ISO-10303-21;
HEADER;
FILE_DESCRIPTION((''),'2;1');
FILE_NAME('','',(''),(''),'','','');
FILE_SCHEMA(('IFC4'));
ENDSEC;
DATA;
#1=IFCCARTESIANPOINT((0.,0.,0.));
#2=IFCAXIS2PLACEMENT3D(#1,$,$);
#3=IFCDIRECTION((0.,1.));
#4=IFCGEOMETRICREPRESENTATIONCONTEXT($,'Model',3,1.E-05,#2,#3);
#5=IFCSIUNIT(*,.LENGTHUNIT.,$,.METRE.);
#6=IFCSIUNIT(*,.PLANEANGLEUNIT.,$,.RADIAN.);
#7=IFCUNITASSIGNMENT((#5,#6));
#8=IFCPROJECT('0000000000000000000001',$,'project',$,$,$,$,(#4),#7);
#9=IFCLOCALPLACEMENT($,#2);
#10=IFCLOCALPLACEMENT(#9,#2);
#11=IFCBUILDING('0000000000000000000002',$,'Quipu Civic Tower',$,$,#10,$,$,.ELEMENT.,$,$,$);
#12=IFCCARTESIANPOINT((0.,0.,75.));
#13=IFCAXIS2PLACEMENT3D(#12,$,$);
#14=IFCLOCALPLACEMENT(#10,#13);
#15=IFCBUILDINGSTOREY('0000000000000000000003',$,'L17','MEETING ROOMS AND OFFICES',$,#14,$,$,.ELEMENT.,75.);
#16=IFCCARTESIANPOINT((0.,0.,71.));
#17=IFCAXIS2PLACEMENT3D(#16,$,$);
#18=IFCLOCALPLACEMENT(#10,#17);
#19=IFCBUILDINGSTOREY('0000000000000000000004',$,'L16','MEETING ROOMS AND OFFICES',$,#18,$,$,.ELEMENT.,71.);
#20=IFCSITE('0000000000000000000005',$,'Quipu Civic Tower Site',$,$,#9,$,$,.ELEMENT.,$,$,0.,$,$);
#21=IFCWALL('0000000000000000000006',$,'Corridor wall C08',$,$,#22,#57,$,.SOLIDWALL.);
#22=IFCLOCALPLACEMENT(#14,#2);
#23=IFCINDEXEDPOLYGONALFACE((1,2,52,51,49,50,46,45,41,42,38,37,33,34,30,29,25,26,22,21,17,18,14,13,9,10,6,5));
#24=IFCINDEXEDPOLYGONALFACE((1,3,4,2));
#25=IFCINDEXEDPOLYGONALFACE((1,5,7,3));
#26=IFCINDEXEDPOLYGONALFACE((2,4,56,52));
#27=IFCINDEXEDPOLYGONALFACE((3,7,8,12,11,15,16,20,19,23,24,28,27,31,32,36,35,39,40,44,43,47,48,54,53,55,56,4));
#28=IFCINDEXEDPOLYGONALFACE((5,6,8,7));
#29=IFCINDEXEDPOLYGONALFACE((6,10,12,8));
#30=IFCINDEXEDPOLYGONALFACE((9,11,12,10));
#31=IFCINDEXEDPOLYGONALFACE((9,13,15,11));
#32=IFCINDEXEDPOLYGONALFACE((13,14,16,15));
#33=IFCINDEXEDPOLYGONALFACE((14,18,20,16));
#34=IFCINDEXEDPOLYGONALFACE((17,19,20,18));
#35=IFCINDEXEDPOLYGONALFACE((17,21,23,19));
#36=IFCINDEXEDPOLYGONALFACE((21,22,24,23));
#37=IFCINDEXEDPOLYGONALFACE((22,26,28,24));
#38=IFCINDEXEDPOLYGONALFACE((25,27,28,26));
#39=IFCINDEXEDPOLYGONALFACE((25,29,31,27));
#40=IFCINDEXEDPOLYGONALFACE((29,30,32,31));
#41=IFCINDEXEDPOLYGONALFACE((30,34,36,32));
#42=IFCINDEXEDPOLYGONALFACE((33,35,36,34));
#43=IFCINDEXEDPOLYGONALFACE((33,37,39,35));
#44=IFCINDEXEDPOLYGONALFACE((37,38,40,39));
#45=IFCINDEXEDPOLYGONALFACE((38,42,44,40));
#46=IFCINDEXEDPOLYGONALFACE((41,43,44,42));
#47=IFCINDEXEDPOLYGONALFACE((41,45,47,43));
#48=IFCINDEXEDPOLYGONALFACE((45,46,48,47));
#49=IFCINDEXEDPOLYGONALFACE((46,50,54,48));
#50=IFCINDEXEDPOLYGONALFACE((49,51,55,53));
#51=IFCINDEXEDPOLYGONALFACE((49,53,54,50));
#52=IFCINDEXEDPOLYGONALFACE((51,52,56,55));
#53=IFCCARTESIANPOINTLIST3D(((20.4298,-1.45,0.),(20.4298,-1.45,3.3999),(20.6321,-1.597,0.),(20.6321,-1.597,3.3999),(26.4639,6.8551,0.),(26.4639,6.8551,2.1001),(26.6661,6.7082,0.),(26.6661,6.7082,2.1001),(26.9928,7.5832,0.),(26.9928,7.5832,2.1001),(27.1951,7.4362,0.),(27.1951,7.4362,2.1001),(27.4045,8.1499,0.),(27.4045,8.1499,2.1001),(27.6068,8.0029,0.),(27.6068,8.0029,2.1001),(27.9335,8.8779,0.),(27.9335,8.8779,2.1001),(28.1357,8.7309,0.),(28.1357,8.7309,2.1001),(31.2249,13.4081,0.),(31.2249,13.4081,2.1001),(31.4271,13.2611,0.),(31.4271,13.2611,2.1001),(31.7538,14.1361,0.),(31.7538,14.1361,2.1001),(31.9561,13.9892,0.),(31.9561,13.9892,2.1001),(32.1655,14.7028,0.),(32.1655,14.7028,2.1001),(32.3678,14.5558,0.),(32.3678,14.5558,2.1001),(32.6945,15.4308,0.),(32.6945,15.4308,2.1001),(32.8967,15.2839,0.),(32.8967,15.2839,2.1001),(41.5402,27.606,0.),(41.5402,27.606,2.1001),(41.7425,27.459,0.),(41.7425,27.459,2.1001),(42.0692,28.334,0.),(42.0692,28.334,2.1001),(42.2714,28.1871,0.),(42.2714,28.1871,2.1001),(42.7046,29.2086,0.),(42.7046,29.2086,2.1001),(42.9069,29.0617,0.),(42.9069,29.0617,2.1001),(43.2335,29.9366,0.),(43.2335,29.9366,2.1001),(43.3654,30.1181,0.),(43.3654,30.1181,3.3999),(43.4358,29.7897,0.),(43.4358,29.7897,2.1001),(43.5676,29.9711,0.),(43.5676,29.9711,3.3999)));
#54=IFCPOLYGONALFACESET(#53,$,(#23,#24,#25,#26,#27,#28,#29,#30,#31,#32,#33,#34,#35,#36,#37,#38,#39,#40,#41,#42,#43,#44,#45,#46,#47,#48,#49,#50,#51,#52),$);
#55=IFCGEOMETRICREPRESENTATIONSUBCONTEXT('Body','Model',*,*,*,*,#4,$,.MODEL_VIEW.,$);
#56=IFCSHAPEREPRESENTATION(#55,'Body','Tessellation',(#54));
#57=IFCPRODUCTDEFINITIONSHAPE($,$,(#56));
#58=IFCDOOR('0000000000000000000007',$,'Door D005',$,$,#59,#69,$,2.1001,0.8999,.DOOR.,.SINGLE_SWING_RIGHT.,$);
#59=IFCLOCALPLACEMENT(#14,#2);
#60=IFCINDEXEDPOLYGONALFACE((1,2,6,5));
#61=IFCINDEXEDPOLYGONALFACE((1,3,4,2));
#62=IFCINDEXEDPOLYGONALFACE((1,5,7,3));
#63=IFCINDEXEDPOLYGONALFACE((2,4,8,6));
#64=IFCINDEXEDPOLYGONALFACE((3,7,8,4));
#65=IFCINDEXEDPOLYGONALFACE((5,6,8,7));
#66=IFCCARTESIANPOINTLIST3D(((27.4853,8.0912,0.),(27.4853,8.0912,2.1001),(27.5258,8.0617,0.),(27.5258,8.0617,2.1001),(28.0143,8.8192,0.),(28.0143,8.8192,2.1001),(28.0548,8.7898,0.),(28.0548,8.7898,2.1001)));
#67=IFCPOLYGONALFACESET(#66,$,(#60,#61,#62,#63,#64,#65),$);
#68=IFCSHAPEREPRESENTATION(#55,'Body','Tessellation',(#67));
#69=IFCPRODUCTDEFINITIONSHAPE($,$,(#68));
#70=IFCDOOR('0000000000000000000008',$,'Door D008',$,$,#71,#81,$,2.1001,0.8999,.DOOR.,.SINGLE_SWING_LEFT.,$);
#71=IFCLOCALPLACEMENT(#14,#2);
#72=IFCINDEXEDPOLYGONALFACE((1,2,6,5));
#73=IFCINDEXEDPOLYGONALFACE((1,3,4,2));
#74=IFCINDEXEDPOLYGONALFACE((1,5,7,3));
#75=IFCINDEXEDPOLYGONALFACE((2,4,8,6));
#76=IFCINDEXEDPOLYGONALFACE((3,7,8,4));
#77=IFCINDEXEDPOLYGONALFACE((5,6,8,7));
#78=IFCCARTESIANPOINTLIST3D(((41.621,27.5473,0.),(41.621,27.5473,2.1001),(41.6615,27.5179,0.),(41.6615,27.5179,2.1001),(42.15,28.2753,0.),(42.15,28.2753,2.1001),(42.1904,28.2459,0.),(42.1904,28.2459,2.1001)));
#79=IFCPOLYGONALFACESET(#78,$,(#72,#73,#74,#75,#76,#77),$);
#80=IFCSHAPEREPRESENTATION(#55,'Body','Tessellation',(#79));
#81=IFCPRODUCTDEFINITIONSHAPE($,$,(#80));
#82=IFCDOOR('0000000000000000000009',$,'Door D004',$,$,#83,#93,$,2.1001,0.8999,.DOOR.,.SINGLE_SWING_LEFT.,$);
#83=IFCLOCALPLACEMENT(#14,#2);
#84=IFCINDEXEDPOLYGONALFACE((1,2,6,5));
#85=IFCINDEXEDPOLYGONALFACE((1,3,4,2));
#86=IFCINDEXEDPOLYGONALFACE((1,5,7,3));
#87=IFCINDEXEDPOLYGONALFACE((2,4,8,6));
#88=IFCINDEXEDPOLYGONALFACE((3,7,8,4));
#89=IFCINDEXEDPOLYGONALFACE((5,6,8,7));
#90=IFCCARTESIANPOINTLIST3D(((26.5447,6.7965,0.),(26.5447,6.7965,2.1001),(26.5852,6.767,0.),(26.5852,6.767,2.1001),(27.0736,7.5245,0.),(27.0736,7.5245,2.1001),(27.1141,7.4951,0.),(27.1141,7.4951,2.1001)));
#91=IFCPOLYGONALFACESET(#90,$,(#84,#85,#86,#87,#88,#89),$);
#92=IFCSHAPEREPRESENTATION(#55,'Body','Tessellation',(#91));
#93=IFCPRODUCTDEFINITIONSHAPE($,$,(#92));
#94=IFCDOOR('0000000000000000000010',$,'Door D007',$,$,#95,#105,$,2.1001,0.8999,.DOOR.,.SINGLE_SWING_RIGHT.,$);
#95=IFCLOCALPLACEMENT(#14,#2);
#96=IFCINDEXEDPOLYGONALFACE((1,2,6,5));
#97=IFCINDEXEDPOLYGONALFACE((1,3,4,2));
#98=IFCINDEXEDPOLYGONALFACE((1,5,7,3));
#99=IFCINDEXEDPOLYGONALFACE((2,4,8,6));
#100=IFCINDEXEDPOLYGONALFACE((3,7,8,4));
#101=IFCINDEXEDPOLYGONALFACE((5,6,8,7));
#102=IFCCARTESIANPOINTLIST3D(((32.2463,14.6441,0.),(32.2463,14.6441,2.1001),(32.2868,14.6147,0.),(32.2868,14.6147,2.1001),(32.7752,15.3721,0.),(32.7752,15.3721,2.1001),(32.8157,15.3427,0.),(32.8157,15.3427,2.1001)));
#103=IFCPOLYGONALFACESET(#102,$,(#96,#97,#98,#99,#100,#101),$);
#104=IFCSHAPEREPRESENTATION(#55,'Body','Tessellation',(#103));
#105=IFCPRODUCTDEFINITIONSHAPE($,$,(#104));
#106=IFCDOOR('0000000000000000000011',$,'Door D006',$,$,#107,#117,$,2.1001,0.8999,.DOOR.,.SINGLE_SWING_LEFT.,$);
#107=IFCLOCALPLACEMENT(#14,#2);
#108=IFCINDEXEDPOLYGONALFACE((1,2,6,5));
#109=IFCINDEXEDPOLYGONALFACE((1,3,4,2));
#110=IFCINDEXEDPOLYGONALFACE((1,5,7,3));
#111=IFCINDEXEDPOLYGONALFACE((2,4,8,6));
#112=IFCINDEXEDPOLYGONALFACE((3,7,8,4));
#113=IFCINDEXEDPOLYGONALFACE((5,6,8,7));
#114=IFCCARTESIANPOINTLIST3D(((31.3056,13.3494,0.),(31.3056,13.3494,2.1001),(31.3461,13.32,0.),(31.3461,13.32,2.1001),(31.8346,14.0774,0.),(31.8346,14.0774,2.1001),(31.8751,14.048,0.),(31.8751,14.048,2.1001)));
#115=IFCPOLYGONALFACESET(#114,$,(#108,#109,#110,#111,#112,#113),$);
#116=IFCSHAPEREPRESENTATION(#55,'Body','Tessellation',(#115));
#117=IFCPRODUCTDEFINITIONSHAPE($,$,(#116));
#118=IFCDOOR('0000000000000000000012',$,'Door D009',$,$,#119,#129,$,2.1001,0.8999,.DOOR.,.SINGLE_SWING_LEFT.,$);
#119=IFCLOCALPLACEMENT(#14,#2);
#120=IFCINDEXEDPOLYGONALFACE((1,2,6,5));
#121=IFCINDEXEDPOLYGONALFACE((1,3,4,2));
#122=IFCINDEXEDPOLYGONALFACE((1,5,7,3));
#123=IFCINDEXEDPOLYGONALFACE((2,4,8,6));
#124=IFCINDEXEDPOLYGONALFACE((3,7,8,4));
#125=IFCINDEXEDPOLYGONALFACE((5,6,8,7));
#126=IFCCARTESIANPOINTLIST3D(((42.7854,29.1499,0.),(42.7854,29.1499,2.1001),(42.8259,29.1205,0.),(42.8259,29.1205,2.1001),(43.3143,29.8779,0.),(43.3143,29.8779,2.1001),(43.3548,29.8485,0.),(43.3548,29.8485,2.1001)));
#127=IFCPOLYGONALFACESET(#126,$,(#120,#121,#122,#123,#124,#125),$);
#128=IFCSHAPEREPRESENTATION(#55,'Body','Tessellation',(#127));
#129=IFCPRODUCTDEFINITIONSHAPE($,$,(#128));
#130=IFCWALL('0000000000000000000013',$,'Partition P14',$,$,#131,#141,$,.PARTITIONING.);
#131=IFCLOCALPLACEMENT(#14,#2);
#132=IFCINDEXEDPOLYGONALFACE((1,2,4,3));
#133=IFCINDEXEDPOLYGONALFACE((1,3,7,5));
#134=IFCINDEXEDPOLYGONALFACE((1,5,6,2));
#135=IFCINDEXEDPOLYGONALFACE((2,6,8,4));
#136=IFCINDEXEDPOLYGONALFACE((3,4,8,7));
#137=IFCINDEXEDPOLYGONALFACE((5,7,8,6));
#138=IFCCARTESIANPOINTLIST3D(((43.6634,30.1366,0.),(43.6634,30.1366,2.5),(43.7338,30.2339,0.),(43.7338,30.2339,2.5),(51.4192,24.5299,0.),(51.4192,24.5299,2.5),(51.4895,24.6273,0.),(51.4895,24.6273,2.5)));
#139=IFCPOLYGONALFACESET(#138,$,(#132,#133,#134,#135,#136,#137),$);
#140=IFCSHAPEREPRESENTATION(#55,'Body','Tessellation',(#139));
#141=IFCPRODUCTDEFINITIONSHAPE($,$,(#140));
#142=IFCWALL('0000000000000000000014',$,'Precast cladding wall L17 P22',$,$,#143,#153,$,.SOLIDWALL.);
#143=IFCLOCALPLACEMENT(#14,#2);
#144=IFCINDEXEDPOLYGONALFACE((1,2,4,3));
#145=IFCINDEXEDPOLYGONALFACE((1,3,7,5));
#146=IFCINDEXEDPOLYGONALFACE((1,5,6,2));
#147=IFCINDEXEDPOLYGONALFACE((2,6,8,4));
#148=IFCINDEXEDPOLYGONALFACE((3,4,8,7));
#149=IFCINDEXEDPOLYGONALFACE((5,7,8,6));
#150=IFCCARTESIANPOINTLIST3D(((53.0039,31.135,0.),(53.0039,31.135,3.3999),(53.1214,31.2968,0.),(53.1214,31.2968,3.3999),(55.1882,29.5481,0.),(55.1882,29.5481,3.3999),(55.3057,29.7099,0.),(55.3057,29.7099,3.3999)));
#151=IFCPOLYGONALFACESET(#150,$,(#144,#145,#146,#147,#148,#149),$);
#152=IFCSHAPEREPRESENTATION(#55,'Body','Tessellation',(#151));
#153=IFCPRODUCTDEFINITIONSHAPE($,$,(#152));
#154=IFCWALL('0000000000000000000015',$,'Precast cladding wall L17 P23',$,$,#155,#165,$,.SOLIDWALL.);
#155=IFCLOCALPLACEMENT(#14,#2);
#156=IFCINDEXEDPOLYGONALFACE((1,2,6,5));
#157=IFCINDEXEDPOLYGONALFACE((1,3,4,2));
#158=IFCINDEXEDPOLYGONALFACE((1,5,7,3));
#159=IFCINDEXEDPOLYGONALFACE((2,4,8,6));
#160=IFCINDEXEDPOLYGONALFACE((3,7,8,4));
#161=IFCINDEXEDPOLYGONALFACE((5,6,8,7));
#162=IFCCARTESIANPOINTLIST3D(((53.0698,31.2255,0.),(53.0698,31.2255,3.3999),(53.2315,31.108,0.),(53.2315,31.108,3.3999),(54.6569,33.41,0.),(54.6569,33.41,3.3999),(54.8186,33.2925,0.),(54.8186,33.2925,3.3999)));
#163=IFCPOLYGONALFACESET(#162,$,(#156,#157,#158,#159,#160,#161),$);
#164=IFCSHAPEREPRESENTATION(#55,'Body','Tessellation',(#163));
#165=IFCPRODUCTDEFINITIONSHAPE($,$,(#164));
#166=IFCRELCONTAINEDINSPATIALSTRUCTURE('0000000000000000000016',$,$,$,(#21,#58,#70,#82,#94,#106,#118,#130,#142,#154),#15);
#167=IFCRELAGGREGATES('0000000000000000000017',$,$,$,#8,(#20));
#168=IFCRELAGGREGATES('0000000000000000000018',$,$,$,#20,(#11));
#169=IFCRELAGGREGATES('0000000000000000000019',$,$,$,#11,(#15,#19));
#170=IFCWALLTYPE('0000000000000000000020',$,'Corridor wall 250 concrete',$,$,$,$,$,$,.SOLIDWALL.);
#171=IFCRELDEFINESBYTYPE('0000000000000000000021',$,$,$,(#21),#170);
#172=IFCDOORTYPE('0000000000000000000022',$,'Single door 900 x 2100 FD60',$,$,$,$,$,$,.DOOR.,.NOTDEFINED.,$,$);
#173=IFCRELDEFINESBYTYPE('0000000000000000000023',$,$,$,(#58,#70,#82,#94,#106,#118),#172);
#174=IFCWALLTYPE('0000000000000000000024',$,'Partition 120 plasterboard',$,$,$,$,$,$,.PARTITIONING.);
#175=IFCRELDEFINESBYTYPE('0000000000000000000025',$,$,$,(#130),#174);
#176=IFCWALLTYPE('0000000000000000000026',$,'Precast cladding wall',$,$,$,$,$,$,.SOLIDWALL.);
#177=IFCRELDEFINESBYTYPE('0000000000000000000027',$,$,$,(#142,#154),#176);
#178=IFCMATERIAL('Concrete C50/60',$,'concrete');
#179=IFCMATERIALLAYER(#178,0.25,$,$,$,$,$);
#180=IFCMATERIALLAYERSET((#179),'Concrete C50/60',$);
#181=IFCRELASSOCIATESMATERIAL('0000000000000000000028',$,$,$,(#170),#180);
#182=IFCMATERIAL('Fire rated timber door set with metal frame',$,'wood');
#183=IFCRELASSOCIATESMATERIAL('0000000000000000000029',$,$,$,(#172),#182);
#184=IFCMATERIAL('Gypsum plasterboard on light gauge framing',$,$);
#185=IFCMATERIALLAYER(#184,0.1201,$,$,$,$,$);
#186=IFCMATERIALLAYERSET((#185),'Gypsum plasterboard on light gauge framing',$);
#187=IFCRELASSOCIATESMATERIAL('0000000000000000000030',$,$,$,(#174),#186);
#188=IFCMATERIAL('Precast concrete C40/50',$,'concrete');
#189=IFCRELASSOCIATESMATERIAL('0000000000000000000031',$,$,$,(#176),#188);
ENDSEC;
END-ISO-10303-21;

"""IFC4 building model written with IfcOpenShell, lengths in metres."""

from ifc_helpers import new_model, si_unit, direction, frame, frame_2d, origin, place, context, subcontext, project, spatial, rectangle, extrude, material, layer, layer_set, type_object, element, fill, save


model = new_model("IFC4")

# Units and contexts
model_context = context("Model", 3, precision=1e-05, world=origin(), true_north=direction((0.0, 1.0)))
body_context = subcontext(model_context, "Body", "Model", "MODEL_VIEW")
ifc_project = project(units=[si_unit("LENGTHUNIT", "METRE"), si_unit("PLANEANGLEUNIT", "RADIAN")], contexts=[model_context])

# Site, building, storey
site_placement = place(None, origin())
site = spatial("IfcSite", under=ifc_project, at=site_placement, Name="Quipu Civic Tower Site", CompositionType="ELEMENT", RefElevation=0.0)
building_placement = place(site_placement, origin())
building = spatial("IfcBuilding", under=site, at=building_placement, Name="Quipu Civic Tower", CompositionType="ELEMENT")
storey_1_placement = place(building_placement, frame((0.0, 0.0, 75.0)))
storey_1 = spatial("IfcBuildingStorey", under=building, at=storey_1_placement, Name="L17", Description="MEETING ROOMS AND OFFICES", CompositionType="ELEMENT", Elevation=75.0)

# Shared definitions
storey_2_placement = place(building_placement, frame((0.0, 0.0, 71.0)))
storey_2 = spatial("IfcBuildingStorey", under=building, at=storey_2_placement, Name="L16", Description="MEETING ROOMS AND OFFICES", CompositionType="ELEMENT", Elevation=71.0)

# Wall, openings, doors
ifc_material_1 = material(Name="Concrete C50/60", Category="concrete")
ifc_layer_1 = layer(ifc_material_1, 0.25)
ifc_layer_set_1 = layer_set([ifc_layer_1], Name="Concrete C50/60")
wall_type_1 = type_object("IfcWallType", Name="Corridor wall 250 concrete", PredefinedType="SOLIDWALL", material=ifc_layer_set_1)
wall_1_placement = place(storey_1_placement, frame((43.4666, 30.0447, 0.0), z_axis=(0.0, 0.0, 1.0), x_axis=(-0.587785, -0.809017, 0.0)))
wall_1 = element("IfcWall", 1, at=wall_1_placement, inside=storey_1, type_object=wall_type_1, Name="Corridor wall C08", PredefinedType="SOLIDWALL", context=body_context, shape_type="SweptSolid", body=[
    extrude(rectangle(XDim=39.0203, YDim=0.25, at=frame_2d((19.5103, 0.0))), origin(), (0.0, 0.0, 1.0), 3.3999),
])
opening_1_placement = place(wall_1_placement, frame((26.2544, 0.0, 0.0)))
opening_1 = element("IfcOpeningElement", 2, at=opening_1_placement, cuts=wall_1, PredefinedType="OPENING", context=body_context, shape_type="SweptSolid", body=[
    extrude(rectangle(XDim=0.8999, YDim=2.1001, at=frame_2d((0.45, 1.05))), frame((0.0, 0.135, 0.0), z_axis=(0.0, -1.0, 0.0), x_axis=(1.0, 0.0, 0.0)), (0.0, 0.0, 1.0), 0.27),
])
opening_2_placement = place(wall_1_placement, frame((2.2053, 0.0, 0.0)))
opening_2 = element("IfcOpeningElement", 3, at=opening_2_placement, cuts=wall_1, PredefinedType="OPENING", context=body_context, shape_type="SweptSolid", body=[
    extrude(rectangle(XDim=0.8999, YDim=2.1001, at=frame_2d((0.45, 1.05))), frame((0.0, 0.135, 0.0), z_axis=(0.0, -1.0, 0.0), x_axis=(1.0, 0.0, 0.0)), (0.0, 0.0, 1.0), 0.27),
])
opening_3_placement = place(wall_1_placement, frame((27.8547, 0.0, 0.0)))
opening_3 = element("IfcOpeningElement", 4, at=opening_3_placement, cuts=wall_1, PredefinedType="OPENING", context=body_context, shape_type="SweptSolid", body=[
    extrude(rectangle(XDim=0.8999, YDim=2.1001, at=frame_2d((0.45, 1.05))), frame((0.0, 0.135, 0.0), z_axis=(0.0, -1.0, 0.0), x_axis=(1.0, 0.0, 0.0)), (0.0, 0.0, 1.0), 0.27),
])
opening_4_placement = place(wall_1_placement, frame((18.1545, 0.0, 0.0)))
opening_4 = element("IfcOpeningElement", 5, at=opening_4_placement, cuts=wall_1, PredefinedType="OPENING", context=body_context, shape_type="SweptSolid", body=[
    extrude(rectangle(XDim=0.8999, YDim=2.1001, at=frame_2d((0.45, 1.05))), frame((0.0, 0.135, 0.0), z_axis=(0.0, -1.0, 0.0), x_axis=(1.0, 0.0, 0.0)), (0.0, 0.0, 1.0), 0.27),
])
opening_5_placement = place(wall_1_placement, frame((19.7549, 0.0, 0.0)))
opening_5 = element("IfcOpeningElement", 6, at=opening_5_placement, cuts=wall_1, PredefinedType="OPENING", context=body_context, shape_type="SweptSolid", body=[
    extrude(rectangle(XDim=0.8999, YDim=2.1001, at=frame_2d((0.45, 1.05))), frame((0.0, 0.135, 0.0), z_axis=(0.0, -1.0, 0.0), x_axis=(1.0, 0.0, 0.0)), (0.0, 0.0, 1.0), 0.27),
])
opening_6_placement = place(wall_1_placement, frame((0.2244, 0.0, 0.0)))
opening_6 = element("IfcOpeningElement", 7, at=opening_6_placement, cuts=wall_1, PredefinedType="OPENING", context=body_context, shape_type="SweptSolid", body=[
    extrude(rectangle(XDim=0.8999, YDim=2.1001, at=frame_2d((0.45, 1.05))), frame((0.0, 0.135, 0.0), z_axis=(0.0, -1.0, 0.0), x_axis=(1.0, 0.0, 0.0)), (0.0, 0.0, 1.0), 0.27),
])
ifc_material_2 = material(Name="Fire rated timber door set with metal frame", Category="wood")
door_type = type_object("IfcDoorType", Name="Single door 900 x 2100 FD60", OperationType="NOTDEFINED", PredefinedType="DOOR", material=ifc_material_2)
door_1_placement = place(opening_1_placement, origin())
door_1 = element("IfcDoor", 8, at=door_1_placement, inside=storey_1, type_object=door_type, Name="Door D005", OperationType="SINGLE_SWING_RIGHT", OverallHeight=2.1001, OverallWidth=0.8999, PredefinedType="DOOR", context=body_context, shape_type="SweptSolid", body=[
    extrude(rectangle(XDim=0.8999, YDim=2.1001, at=frame_2d((0.45, 1.05))), frame((0.0, 0.0249, 0.0), z_axis=(0.0, -1.0, 0.0), x_axis=(1.0, 0.0, 0.0)), (0.0, 0.0, 1.0), 0.05),
])
fill(opening_1, door_1)
door_2_placement = place(opening_2_placement, origin())
door_2 = element("IfcDoor", 9, at=door_2_placement, inside=storey_1, type_object=door_type, Name="Door D008", OperationType="SINGLE_SWING_LEFT", OverallHeight=2.1001, OverallWidth=0.8999, PredefinedType="DOOR", context=body_context, shape_type="SweptSolid", body=[
    extrude(rectangle(XDim=0.8999, YDim=2.1001, at=frame_2d((0.45, 1.05))), frame((0.0, 0.0249, 0.0), z_axis=(0.0, -1.0, 0.0), x_axis=(1.0, 0.0, 0.0)), (0.0, 0.0, 1.0), 0.05),
])
fill(opening_2, door_2)
door_3_placement = place(opening_3_placement, origin())
door_3 = element("IfcDoor", 10, at=door_3_placement, inside=storey_1, type_object=door_type, Name="Door D004", OperationType="SINGLE_SWING_LEFT", OverallHeight=2.1001, OverallWidth=0.8999, PredefinedType="DOOR", context=body_context, shape_type="SweptSolid", body=[
    extrude(rectangle(XDim=0.8999, YDim=2.1001, at=frame_2d((0.45, 1.05))), frame((0.0, 0.0249, 0.0), z_axis=(0.0, -1.0, 0.0), x_axis=(1.0, 0.0, 0.0)), (0.0, 0.0, 1.0), 0.05),
])
fill(opening_3, door_3)
door_4_placement = place(opening_4_placement, origin())
door_4 = element("IfcDoor", 11, at=door_4_placement, inside=storey_1, type_object=door_type, Name="Door D007", OperationType="SINGLE_SWING_RIGHT", OverallHeight=2.1001, OverallWidth=0.8999, PredefinedType="DOOR", context=body_context, shape_type="SweptSolid", body=[
    extrude(rectangle(XDim=0.8999, YDim=2.1001, at=frame_2d((0.45, 1.05))), frame((0.0, 0.0249, 0.0), z_axis=(0.0, -1.0, 0.0), x_axis=(1.0, 0.0, 0.0)), (0.0, 0.0, 1.0), 0.05),
])
fill(opening_4, door_4)
door_5_placement = place(opening_5_placement, origin())
door_5 = element("IfcDoor", 12, at=door_5_placement, inside=storey_1, type_object=door_type, Name="Door D006", OperationType="SINGLE_SWING_LEFT", OverallHeight=2.1001, OverallWidth=0.8999, PredefinedType="DOOR", context=body_context, shape_type="SweptSolid", body=[
    extrude(rectangle(XDim=0.8999, YDim=2.1001, at=frame_2d((0.45, 1.05))), frame((0.0, 0.0249, 0.0), z_axis=(0.0, -1.0, 0.0), x_axis=(1.0, 0.0, 0.0)), (0.0, 0.0, 1.0), 0.05),
])
fill(opening_5, door_5)
door_6_placement = place(opening_6_placement, origin())
door_6 = element("IfcDoor", 13, at=door_6_placement, inside=storey_1, type_object=door_type, Name="Door D009", OperationType="SINGLE_SWING_LEFT", OverallHeight=2.1001, OverallWidth=0.8999, PredefinedType="DOOR", context=body_context, shape_type="SweptSolid", body=[
    extrude(rectangle(XDim=0.8999, YDim=2.1001, at=frame_2d((0.45, 1.05))), frame((0.0, 0.0249, 0.0), z_axis=(0.0, -1.0, 0.0), x_axis=(1.0, 0.0, 0.0)), (0.0, 0.0, 1.0), 0.05),
])
fill(opening_6, door_6)

# Walls
ifc_material_3 = material(Name="Gypsum plasterboard on light gauge framing")
ifc_layer_2 = layer(ifc_material_3, 0.1201)
ifc_layer_set_2 = layer_set([ifc_layer_2], Name="Gypsum plasterboard on light gauge framing")
wall_type_2 = type_object("IfcWallType", Name="Partition 120 plasterboard", PredefinedType="PARTITIONING", material=ifc_layer_set_2)
wall_2_placement = place(storey_1_placement, frame((43.6985, 30.1853, 0.0), z_axis=(0.0, 0.0, 1.0), x_axis=(0.810419, -0.58585, 0.0)))
element("IfcWall", 14, at=wall_2_placement, inside=storey_1, type_object=wall_type_2, Name="Partition P14", PredefinedType="PARTITIONING", context=body_context, shape_type="SweptSolid", body=[
    extrude(rectangle(XDim=9.5701, YDim=0.1201, at=frame_2d((4.7852, 0.0))), origin(), (0.0, 0.0, 1.0), 2.5),
])
ifc_material_4 = material(Name="Precast concrete C40/50", Category="concrete")
wall_type_3 = type_object("IfcWallType", Name="Precast cladding wall", PredefinedType="SOLIDWALL", material=ifc_material_4)
wall_3_placement = place(storey_1_placement, frame((55.2471, 29.6289, 0.0), z_axis=(0.0, 0.0, 1.0), x_axis=(-0.809033, 0.587763, 0.0)))
element("IfcWall", 15, at=wall_3_placement, inside=storey_1, type_object=wall_type_3, Name="Precast cladding wall L17 P22", PredefinedType="SOLIDWALL", context=body_context, shape_type="SweptSolid", body=[
    extrude(rectangle(XDim=2.7, YDim=0.2, at=frame_2d((1.3501, 0.0))), origin(), (0.0, 0.0, 1.0), 3.3999),
])
wall_4_placement = place(storey_1_placement, frame((53.1506, 31.1667, 0.0), z_axis=(0.0, 0.0, 1.0), x_axis=(0.587779, 0.809021, 0.0)))
element("IfcWall", 16, at=wall_4_placement, inside=storey_1, type_object=wall_type_3, Name="Precast cladding wall L17 P23", PredefinedType="SOLIDWALL", context=body_context, shape_type="SweptSolid", body=[
    extrude(rectangle(XDim=2.7002, YDim=0.2, at=frame_2d((1.3501, 0.0))), origin(), (0.0, 0.0, 1.0), 3.3999),
])

save(model, "model.ifc")
